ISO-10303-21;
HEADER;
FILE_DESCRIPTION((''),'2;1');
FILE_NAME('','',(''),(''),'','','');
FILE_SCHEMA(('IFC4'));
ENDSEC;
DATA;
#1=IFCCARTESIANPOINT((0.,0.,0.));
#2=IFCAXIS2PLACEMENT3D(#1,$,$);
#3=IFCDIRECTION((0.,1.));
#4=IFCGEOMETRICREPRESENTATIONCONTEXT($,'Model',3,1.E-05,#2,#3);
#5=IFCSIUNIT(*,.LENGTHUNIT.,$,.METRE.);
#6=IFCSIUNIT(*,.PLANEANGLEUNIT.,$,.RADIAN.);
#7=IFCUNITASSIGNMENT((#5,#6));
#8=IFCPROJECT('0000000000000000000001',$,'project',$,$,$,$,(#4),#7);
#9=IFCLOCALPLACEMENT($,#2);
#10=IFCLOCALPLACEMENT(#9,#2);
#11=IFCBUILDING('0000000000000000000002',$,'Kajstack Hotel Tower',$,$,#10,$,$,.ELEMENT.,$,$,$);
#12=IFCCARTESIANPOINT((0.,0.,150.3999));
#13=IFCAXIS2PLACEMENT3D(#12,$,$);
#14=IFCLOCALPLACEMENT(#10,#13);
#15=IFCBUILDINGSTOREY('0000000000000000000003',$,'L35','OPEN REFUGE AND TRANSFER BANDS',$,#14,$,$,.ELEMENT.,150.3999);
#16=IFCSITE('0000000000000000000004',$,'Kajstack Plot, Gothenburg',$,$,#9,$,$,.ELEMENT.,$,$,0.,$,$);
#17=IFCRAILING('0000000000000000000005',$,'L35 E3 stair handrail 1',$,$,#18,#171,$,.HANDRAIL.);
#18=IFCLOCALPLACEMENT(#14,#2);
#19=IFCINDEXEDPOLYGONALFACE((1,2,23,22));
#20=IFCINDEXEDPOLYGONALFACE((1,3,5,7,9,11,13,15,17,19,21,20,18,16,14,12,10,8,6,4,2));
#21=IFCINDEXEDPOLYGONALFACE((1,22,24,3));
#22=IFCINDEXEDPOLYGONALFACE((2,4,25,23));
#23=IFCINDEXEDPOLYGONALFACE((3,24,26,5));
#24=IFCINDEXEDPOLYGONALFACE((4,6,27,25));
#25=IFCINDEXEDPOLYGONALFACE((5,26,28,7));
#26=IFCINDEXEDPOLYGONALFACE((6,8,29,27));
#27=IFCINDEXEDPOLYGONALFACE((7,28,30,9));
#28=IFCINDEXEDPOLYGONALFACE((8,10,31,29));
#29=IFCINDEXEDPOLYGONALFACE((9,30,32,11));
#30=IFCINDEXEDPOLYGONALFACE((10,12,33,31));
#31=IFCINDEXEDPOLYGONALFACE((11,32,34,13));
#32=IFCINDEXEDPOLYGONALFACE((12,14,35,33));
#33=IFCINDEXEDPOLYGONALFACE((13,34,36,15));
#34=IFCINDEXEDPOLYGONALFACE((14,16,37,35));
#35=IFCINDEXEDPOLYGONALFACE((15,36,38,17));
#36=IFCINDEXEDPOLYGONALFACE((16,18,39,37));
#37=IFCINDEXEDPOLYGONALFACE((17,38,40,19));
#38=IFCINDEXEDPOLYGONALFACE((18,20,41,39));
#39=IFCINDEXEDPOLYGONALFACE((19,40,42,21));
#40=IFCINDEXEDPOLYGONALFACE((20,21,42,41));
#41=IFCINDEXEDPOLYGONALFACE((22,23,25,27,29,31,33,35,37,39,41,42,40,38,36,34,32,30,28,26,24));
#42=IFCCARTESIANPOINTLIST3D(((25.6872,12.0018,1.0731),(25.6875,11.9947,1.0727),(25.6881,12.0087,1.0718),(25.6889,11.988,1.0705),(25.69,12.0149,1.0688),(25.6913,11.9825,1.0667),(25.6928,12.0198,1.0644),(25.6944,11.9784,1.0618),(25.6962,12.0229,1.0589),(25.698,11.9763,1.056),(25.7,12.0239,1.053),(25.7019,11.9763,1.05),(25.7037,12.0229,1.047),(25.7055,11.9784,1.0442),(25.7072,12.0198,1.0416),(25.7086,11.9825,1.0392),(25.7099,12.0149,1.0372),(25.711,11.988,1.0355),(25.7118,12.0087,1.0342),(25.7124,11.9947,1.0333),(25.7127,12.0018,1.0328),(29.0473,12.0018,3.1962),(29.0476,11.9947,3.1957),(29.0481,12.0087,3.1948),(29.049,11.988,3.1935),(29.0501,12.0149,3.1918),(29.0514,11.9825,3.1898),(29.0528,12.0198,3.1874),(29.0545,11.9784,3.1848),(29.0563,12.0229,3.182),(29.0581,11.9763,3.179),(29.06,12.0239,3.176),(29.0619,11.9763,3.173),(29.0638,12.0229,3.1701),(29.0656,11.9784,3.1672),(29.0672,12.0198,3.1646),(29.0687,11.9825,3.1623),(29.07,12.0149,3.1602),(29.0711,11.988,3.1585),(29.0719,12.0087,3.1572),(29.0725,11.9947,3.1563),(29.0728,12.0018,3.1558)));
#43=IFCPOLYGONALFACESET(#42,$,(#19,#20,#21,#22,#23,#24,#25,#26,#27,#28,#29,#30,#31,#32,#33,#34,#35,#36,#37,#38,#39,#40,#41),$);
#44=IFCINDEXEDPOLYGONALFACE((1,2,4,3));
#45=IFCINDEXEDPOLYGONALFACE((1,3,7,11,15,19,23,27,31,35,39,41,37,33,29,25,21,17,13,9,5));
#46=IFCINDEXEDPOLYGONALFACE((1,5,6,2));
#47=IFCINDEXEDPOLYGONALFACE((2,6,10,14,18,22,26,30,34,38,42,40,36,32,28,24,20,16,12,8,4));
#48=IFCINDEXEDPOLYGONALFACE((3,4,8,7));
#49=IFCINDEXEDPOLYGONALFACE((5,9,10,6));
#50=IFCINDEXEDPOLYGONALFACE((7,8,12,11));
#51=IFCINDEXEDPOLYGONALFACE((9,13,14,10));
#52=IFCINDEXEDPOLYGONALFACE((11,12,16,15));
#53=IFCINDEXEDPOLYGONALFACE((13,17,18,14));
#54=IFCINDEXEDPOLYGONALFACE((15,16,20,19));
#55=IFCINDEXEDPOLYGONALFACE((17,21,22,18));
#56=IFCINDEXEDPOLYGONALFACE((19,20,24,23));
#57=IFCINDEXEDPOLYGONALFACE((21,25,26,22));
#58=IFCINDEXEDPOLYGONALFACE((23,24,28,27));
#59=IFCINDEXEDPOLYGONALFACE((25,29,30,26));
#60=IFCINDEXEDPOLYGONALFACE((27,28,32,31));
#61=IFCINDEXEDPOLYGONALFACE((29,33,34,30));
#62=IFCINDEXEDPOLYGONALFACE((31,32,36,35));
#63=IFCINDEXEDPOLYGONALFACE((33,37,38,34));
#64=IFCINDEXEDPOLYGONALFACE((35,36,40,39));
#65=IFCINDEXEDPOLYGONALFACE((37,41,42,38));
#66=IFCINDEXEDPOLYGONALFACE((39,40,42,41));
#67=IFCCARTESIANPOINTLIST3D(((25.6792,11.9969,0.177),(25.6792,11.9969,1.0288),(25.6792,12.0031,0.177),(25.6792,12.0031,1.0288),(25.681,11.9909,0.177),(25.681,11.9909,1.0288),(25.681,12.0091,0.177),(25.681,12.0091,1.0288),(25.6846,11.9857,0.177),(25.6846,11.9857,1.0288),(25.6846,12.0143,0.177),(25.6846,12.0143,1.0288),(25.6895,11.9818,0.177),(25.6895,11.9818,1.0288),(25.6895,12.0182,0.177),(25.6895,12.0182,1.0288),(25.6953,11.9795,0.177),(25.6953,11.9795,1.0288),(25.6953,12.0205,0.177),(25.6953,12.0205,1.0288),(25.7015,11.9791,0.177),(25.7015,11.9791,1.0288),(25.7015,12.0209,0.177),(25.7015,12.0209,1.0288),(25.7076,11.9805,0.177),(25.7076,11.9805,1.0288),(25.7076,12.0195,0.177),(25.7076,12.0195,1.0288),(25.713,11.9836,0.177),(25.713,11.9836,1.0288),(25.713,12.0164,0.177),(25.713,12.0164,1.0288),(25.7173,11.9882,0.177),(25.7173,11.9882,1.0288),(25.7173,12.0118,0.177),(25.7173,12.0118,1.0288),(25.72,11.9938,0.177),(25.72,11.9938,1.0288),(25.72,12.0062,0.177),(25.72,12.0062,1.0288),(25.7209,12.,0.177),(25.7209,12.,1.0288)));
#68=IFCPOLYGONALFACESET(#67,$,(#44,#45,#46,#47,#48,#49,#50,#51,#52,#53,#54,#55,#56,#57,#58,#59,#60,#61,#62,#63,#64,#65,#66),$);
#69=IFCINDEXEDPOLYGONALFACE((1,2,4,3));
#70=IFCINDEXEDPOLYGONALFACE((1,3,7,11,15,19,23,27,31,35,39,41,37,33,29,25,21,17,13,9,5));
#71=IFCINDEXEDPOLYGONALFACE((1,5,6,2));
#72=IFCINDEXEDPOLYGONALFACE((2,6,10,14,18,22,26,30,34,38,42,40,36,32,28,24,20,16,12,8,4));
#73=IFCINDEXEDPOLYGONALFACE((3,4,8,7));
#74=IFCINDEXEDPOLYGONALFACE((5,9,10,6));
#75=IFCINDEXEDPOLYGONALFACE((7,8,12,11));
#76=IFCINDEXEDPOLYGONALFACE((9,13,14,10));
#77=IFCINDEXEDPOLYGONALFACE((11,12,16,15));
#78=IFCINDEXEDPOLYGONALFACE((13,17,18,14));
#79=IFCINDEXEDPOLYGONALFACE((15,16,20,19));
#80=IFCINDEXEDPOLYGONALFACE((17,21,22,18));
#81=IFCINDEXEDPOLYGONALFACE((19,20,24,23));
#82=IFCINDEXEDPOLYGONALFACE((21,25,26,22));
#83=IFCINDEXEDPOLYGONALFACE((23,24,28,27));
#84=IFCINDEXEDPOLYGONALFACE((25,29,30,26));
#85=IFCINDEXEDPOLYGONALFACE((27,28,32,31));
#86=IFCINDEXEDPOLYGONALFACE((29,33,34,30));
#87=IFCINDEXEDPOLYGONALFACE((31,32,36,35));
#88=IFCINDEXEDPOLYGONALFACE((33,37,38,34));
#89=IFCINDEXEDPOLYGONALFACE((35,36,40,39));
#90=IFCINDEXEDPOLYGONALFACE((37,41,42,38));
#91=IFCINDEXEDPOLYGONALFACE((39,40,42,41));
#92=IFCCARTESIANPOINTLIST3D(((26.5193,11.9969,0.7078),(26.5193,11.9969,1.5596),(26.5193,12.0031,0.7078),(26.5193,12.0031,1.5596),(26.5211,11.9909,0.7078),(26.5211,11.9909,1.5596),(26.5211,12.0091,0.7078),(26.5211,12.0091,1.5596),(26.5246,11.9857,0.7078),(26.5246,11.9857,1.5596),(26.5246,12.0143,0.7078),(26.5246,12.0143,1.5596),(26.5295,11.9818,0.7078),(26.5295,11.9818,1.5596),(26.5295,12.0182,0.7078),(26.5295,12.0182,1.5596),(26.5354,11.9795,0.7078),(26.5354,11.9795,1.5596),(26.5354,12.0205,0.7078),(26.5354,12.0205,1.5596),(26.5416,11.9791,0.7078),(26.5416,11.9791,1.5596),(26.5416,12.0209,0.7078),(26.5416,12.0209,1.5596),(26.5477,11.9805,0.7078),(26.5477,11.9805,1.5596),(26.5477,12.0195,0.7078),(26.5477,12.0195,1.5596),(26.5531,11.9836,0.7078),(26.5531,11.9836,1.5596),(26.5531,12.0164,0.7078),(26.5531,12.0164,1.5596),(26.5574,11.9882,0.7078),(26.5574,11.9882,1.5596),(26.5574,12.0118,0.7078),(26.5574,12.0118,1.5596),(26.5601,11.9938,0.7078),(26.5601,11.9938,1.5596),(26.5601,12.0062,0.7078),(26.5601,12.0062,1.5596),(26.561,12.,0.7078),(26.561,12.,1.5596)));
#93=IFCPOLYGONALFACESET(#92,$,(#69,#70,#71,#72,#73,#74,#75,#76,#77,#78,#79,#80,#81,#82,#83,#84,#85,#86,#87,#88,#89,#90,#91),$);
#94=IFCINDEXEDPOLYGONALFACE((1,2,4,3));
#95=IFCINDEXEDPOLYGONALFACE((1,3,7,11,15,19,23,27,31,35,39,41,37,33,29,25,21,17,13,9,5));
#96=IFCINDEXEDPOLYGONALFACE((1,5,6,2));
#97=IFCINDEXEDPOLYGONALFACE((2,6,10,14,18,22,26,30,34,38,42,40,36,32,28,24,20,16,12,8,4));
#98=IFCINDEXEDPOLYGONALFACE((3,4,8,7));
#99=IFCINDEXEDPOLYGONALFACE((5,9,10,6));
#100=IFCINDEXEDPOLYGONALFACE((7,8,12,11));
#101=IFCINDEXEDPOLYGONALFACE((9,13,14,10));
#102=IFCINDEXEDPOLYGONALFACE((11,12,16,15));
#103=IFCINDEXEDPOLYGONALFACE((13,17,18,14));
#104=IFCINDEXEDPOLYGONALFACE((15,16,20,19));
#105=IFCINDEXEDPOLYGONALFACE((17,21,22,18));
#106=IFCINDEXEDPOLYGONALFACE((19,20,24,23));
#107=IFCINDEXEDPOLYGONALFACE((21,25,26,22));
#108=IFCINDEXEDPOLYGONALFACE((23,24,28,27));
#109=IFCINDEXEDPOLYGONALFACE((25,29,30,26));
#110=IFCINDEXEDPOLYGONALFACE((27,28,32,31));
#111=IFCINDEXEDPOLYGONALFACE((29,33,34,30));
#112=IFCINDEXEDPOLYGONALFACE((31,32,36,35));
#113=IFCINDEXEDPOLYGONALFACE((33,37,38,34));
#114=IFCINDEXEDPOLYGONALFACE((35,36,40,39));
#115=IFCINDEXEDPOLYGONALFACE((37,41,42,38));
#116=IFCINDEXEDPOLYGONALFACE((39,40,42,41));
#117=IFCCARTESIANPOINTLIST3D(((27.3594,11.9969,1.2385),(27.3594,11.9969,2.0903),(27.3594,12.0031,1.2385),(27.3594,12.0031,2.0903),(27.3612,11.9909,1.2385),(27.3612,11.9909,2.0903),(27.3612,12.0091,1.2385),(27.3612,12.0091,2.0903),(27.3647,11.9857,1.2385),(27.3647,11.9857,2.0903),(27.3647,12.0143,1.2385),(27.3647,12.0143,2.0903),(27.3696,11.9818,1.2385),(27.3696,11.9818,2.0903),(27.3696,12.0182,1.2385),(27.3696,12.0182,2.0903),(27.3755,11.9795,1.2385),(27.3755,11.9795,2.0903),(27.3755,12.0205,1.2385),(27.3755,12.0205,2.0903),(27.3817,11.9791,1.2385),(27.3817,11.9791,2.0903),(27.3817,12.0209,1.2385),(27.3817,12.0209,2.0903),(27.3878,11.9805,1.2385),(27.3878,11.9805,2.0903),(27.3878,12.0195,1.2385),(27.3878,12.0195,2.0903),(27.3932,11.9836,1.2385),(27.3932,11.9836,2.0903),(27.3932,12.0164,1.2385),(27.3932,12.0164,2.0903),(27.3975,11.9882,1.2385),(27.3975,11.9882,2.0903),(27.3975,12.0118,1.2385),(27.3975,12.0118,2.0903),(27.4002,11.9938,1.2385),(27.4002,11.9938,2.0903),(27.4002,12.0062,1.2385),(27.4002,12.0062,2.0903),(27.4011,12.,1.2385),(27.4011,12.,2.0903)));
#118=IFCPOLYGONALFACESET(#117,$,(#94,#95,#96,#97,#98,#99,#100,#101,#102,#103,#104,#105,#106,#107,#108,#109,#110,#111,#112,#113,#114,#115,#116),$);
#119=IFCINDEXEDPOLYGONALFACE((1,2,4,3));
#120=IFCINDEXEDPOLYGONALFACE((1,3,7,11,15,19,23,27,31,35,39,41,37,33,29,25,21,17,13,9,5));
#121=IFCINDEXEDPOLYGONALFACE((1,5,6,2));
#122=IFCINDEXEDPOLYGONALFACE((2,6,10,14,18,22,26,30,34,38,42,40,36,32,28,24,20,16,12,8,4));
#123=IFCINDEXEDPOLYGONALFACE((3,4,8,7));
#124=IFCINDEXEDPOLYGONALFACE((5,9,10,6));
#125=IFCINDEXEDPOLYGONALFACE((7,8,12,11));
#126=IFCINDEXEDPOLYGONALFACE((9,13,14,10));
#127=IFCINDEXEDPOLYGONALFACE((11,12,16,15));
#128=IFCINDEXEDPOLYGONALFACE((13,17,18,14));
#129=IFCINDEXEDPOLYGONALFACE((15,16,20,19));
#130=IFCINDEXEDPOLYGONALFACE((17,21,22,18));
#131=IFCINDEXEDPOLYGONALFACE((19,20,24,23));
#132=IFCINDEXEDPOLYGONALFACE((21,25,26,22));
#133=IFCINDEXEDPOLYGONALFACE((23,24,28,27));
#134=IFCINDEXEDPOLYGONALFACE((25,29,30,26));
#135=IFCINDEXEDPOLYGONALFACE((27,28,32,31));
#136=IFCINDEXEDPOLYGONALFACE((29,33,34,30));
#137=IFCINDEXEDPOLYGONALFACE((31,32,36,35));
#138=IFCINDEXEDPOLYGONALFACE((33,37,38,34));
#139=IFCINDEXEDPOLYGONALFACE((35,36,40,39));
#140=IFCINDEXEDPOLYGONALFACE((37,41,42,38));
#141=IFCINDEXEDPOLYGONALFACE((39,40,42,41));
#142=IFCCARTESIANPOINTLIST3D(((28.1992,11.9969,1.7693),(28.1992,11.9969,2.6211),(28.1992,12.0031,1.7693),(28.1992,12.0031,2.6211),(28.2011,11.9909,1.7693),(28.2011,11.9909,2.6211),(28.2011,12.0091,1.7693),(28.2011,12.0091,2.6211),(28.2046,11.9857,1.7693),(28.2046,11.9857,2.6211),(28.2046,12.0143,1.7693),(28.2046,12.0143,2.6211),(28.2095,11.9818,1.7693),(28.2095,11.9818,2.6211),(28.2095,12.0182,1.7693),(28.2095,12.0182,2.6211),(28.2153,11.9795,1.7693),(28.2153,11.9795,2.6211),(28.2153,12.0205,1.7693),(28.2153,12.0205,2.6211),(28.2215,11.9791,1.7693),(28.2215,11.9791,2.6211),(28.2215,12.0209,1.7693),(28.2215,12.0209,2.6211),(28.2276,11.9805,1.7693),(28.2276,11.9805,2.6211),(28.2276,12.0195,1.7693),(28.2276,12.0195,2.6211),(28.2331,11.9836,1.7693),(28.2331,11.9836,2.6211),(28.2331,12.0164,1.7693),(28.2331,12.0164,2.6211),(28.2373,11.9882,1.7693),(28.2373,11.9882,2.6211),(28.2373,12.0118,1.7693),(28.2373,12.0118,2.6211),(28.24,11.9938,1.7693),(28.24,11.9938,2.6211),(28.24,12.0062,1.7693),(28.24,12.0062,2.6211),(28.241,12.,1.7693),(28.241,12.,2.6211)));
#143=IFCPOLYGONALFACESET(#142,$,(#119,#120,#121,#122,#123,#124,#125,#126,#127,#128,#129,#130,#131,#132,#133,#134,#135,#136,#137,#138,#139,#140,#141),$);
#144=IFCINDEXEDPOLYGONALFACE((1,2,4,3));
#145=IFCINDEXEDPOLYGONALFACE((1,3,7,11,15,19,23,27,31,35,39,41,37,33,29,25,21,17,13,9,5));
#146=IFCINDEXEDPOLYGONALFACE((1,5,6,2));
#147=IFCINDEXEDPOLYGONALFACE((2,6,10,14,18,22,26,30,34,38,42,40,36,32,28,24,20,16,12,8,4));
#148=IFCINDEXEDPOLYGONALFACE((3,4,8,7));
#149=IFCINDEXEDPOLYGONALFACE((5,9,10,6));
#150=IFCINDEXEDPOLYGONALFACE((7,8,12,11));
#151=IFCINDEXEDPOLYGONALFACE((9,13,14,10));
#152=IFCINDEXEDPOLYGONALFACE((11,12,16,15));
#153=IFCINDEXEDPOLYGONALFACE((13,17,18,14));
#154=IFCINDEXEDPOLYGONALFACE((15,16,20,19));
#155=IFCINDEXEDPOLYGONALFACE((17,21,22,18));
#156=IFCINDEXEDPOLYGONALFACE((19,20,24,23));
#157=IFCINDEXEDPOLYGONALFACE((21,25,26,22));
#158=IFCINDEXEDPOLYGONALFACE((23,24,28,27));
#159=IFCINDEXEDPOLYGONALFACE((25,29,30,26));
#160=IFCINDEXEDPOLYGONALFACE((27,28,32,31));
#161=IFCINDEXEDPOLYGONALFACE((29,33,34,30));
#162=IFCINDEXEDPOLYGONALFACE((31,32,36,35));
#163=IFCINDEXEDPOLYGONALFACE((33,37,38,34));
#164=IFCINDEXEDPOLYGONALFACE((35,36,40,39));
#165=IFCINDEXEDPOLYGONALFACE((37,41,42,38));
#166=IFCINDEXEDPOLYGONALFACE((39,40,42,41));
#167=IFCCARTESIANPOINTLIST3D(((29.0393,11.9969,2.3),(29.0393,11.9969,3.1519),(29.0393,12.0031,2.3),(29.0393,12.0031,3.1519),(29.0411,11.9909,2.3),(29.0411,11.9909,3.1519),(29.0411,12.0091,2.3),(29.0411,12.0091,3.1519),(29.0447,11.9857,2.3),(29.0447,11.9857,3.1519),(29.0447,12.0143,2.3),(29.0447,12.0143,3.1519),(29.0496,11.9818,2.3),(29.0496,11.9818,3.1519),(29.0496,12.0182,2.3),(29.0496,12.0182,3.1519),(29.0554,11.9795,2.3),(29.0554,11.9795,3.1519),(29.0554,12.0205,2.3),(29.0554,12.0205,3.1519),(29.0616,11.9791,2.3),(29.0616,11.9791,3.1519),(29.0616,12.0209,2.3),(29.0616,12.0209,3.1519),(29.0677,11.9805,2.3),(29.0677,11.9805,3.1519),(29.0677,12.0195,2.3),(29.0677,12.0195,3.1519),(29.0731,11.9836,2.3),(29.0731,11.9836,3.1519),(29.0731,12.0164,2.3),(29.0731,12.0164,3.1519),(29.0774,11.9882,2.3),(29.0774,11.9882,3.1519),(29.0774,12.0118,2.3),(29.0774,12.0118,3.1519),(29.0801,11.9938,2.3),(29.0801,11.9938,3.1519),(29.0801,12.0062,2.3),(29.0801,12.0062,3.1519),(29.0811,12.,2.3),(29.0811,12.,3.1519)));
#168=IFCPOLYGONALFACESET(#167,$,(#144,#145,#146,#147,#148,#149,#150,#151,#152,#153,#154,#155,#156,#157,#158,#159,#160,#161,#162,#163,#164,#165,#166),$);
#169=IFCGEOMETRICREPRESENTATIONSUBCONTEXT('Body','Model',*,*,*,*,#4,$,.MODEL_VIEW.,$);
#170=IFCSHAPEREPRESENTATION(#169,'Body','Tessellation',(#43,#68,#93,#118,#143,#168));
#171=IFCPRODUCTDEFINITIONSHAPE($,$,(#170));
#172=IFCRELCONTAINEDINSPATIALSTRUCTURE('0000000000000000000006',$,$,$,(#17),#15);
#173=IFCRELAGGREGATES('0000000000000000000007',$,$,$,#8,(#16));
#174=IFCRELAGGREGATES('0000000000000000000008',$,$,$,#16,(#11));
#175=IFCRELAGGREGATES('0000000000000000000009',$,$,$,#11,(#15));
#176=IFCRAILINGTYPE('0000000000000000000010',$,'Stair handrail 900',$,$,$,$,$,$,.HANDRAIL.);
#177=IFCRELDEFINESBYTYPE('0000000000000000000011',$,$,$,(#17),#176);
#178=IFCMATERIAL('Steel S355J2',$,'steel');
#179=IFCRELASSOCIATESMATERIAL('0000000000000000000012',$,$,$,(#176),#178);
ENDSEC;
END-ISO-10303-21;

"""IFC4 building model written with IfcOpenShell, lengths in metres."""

from ifc_helpers import new_model, si_unit, direction, frame, origin, origin_2d, place, context, subcontext, project, spatial, circle, extrude, material, type_object, element, save


model = new_model("IFC4")

# Units and contexts
model_context = context("Model", 3, precision=1e-05, world=origin(), true_north=direction((0.0, 1.0)))
body_context = subcontext(model_context, "Body", "Model", "MODEL_VIEW")
ifc_project = project(units=[si_unit("LENGTHUNIT", "METRE"), si_unit("PLANEANGLEUNIT", "RADIAN")], contexts=[model_context])

# Site, building, storey
site_placement = place(None, origin())
site = spatial("IfcSite", under=ifc_project, at=site_placement, Name="Kajstack Plot, Gothenburg", CompositionType="ELEMENT", RefElevation=0.0)
building_placement = place(site_placement, origin())
building = spatial("IfcBuilding", under=site, at=building_placement, Name="Kajstack Hotel Tower", CompositionType="ELEMENT")
storey_placement = place(building_placement, frame((0.0, 0.0, 150.3999)))
storey = spatial("IfcBuildingStorey", under=building, at=storey_placement, Name="L35", Description="OPEN REFUGE AND TRANSFER BANDS", CompositionType="ELEMENT", Elevation=150.3999)

# Railing
ifc_material_1 = material(Name="Steel S355J2", Category="steel")
railing_type_1 = type_object("IfcRailingType", Name="Stair handrail 900", PredefinedType="HANDRAIL", material=ifc_material_1)
railing_1_placement = place(storey_placement, frame((25.7, 12.0, 0.177)))
element("IfcRailing", 1, at=railing_1_placement, inside=storey, type_object=railing_type_1, Name="L35 E3 stair handrail 1", PredefinedType="HANDRAIL", context=body_context, shape_type="SweptSolid", body=[
    extrude(circle(Radius=0.0239, at=origin_2d()), frame((0.0, 0.0, 0.876), z_axis=(0.84539, 0.0, 0.53415), x_axis=(0.0, 1.0, 0.0)), (0.0, 0.0, 1.0), 3.9746),
    extrude(circle(Radius=0.021, at=origin_2d()), origin(), (0.0, 0.0, 1.0), 0.8518),
    extrude(circle(Radius=0.021, at=origin_2d()), frame((0.8401, 0.0, 0.5308)), (0.0, 0.0, 1.0), 0.8518),
    extrude(circle(Radius=0.021, at=origin_2d()), frame((1.6802, 0.0, 1.0615)), (0.0, 0.0, 1.0), 0.8518),
    extrude(circle(Radius=0.021, at=origin_2d()), frame((2.52, 0.0, 1.5923)), (0.0, 0.0, 1.0), 0.8518),
    extrude(circle(Radius=0.021, at=origin_2d()), frame((3.3601, 0.0, 2.123)), (0.0, 0.0, 1.0), 0.8518),
])

save(model, "model.ifc")
